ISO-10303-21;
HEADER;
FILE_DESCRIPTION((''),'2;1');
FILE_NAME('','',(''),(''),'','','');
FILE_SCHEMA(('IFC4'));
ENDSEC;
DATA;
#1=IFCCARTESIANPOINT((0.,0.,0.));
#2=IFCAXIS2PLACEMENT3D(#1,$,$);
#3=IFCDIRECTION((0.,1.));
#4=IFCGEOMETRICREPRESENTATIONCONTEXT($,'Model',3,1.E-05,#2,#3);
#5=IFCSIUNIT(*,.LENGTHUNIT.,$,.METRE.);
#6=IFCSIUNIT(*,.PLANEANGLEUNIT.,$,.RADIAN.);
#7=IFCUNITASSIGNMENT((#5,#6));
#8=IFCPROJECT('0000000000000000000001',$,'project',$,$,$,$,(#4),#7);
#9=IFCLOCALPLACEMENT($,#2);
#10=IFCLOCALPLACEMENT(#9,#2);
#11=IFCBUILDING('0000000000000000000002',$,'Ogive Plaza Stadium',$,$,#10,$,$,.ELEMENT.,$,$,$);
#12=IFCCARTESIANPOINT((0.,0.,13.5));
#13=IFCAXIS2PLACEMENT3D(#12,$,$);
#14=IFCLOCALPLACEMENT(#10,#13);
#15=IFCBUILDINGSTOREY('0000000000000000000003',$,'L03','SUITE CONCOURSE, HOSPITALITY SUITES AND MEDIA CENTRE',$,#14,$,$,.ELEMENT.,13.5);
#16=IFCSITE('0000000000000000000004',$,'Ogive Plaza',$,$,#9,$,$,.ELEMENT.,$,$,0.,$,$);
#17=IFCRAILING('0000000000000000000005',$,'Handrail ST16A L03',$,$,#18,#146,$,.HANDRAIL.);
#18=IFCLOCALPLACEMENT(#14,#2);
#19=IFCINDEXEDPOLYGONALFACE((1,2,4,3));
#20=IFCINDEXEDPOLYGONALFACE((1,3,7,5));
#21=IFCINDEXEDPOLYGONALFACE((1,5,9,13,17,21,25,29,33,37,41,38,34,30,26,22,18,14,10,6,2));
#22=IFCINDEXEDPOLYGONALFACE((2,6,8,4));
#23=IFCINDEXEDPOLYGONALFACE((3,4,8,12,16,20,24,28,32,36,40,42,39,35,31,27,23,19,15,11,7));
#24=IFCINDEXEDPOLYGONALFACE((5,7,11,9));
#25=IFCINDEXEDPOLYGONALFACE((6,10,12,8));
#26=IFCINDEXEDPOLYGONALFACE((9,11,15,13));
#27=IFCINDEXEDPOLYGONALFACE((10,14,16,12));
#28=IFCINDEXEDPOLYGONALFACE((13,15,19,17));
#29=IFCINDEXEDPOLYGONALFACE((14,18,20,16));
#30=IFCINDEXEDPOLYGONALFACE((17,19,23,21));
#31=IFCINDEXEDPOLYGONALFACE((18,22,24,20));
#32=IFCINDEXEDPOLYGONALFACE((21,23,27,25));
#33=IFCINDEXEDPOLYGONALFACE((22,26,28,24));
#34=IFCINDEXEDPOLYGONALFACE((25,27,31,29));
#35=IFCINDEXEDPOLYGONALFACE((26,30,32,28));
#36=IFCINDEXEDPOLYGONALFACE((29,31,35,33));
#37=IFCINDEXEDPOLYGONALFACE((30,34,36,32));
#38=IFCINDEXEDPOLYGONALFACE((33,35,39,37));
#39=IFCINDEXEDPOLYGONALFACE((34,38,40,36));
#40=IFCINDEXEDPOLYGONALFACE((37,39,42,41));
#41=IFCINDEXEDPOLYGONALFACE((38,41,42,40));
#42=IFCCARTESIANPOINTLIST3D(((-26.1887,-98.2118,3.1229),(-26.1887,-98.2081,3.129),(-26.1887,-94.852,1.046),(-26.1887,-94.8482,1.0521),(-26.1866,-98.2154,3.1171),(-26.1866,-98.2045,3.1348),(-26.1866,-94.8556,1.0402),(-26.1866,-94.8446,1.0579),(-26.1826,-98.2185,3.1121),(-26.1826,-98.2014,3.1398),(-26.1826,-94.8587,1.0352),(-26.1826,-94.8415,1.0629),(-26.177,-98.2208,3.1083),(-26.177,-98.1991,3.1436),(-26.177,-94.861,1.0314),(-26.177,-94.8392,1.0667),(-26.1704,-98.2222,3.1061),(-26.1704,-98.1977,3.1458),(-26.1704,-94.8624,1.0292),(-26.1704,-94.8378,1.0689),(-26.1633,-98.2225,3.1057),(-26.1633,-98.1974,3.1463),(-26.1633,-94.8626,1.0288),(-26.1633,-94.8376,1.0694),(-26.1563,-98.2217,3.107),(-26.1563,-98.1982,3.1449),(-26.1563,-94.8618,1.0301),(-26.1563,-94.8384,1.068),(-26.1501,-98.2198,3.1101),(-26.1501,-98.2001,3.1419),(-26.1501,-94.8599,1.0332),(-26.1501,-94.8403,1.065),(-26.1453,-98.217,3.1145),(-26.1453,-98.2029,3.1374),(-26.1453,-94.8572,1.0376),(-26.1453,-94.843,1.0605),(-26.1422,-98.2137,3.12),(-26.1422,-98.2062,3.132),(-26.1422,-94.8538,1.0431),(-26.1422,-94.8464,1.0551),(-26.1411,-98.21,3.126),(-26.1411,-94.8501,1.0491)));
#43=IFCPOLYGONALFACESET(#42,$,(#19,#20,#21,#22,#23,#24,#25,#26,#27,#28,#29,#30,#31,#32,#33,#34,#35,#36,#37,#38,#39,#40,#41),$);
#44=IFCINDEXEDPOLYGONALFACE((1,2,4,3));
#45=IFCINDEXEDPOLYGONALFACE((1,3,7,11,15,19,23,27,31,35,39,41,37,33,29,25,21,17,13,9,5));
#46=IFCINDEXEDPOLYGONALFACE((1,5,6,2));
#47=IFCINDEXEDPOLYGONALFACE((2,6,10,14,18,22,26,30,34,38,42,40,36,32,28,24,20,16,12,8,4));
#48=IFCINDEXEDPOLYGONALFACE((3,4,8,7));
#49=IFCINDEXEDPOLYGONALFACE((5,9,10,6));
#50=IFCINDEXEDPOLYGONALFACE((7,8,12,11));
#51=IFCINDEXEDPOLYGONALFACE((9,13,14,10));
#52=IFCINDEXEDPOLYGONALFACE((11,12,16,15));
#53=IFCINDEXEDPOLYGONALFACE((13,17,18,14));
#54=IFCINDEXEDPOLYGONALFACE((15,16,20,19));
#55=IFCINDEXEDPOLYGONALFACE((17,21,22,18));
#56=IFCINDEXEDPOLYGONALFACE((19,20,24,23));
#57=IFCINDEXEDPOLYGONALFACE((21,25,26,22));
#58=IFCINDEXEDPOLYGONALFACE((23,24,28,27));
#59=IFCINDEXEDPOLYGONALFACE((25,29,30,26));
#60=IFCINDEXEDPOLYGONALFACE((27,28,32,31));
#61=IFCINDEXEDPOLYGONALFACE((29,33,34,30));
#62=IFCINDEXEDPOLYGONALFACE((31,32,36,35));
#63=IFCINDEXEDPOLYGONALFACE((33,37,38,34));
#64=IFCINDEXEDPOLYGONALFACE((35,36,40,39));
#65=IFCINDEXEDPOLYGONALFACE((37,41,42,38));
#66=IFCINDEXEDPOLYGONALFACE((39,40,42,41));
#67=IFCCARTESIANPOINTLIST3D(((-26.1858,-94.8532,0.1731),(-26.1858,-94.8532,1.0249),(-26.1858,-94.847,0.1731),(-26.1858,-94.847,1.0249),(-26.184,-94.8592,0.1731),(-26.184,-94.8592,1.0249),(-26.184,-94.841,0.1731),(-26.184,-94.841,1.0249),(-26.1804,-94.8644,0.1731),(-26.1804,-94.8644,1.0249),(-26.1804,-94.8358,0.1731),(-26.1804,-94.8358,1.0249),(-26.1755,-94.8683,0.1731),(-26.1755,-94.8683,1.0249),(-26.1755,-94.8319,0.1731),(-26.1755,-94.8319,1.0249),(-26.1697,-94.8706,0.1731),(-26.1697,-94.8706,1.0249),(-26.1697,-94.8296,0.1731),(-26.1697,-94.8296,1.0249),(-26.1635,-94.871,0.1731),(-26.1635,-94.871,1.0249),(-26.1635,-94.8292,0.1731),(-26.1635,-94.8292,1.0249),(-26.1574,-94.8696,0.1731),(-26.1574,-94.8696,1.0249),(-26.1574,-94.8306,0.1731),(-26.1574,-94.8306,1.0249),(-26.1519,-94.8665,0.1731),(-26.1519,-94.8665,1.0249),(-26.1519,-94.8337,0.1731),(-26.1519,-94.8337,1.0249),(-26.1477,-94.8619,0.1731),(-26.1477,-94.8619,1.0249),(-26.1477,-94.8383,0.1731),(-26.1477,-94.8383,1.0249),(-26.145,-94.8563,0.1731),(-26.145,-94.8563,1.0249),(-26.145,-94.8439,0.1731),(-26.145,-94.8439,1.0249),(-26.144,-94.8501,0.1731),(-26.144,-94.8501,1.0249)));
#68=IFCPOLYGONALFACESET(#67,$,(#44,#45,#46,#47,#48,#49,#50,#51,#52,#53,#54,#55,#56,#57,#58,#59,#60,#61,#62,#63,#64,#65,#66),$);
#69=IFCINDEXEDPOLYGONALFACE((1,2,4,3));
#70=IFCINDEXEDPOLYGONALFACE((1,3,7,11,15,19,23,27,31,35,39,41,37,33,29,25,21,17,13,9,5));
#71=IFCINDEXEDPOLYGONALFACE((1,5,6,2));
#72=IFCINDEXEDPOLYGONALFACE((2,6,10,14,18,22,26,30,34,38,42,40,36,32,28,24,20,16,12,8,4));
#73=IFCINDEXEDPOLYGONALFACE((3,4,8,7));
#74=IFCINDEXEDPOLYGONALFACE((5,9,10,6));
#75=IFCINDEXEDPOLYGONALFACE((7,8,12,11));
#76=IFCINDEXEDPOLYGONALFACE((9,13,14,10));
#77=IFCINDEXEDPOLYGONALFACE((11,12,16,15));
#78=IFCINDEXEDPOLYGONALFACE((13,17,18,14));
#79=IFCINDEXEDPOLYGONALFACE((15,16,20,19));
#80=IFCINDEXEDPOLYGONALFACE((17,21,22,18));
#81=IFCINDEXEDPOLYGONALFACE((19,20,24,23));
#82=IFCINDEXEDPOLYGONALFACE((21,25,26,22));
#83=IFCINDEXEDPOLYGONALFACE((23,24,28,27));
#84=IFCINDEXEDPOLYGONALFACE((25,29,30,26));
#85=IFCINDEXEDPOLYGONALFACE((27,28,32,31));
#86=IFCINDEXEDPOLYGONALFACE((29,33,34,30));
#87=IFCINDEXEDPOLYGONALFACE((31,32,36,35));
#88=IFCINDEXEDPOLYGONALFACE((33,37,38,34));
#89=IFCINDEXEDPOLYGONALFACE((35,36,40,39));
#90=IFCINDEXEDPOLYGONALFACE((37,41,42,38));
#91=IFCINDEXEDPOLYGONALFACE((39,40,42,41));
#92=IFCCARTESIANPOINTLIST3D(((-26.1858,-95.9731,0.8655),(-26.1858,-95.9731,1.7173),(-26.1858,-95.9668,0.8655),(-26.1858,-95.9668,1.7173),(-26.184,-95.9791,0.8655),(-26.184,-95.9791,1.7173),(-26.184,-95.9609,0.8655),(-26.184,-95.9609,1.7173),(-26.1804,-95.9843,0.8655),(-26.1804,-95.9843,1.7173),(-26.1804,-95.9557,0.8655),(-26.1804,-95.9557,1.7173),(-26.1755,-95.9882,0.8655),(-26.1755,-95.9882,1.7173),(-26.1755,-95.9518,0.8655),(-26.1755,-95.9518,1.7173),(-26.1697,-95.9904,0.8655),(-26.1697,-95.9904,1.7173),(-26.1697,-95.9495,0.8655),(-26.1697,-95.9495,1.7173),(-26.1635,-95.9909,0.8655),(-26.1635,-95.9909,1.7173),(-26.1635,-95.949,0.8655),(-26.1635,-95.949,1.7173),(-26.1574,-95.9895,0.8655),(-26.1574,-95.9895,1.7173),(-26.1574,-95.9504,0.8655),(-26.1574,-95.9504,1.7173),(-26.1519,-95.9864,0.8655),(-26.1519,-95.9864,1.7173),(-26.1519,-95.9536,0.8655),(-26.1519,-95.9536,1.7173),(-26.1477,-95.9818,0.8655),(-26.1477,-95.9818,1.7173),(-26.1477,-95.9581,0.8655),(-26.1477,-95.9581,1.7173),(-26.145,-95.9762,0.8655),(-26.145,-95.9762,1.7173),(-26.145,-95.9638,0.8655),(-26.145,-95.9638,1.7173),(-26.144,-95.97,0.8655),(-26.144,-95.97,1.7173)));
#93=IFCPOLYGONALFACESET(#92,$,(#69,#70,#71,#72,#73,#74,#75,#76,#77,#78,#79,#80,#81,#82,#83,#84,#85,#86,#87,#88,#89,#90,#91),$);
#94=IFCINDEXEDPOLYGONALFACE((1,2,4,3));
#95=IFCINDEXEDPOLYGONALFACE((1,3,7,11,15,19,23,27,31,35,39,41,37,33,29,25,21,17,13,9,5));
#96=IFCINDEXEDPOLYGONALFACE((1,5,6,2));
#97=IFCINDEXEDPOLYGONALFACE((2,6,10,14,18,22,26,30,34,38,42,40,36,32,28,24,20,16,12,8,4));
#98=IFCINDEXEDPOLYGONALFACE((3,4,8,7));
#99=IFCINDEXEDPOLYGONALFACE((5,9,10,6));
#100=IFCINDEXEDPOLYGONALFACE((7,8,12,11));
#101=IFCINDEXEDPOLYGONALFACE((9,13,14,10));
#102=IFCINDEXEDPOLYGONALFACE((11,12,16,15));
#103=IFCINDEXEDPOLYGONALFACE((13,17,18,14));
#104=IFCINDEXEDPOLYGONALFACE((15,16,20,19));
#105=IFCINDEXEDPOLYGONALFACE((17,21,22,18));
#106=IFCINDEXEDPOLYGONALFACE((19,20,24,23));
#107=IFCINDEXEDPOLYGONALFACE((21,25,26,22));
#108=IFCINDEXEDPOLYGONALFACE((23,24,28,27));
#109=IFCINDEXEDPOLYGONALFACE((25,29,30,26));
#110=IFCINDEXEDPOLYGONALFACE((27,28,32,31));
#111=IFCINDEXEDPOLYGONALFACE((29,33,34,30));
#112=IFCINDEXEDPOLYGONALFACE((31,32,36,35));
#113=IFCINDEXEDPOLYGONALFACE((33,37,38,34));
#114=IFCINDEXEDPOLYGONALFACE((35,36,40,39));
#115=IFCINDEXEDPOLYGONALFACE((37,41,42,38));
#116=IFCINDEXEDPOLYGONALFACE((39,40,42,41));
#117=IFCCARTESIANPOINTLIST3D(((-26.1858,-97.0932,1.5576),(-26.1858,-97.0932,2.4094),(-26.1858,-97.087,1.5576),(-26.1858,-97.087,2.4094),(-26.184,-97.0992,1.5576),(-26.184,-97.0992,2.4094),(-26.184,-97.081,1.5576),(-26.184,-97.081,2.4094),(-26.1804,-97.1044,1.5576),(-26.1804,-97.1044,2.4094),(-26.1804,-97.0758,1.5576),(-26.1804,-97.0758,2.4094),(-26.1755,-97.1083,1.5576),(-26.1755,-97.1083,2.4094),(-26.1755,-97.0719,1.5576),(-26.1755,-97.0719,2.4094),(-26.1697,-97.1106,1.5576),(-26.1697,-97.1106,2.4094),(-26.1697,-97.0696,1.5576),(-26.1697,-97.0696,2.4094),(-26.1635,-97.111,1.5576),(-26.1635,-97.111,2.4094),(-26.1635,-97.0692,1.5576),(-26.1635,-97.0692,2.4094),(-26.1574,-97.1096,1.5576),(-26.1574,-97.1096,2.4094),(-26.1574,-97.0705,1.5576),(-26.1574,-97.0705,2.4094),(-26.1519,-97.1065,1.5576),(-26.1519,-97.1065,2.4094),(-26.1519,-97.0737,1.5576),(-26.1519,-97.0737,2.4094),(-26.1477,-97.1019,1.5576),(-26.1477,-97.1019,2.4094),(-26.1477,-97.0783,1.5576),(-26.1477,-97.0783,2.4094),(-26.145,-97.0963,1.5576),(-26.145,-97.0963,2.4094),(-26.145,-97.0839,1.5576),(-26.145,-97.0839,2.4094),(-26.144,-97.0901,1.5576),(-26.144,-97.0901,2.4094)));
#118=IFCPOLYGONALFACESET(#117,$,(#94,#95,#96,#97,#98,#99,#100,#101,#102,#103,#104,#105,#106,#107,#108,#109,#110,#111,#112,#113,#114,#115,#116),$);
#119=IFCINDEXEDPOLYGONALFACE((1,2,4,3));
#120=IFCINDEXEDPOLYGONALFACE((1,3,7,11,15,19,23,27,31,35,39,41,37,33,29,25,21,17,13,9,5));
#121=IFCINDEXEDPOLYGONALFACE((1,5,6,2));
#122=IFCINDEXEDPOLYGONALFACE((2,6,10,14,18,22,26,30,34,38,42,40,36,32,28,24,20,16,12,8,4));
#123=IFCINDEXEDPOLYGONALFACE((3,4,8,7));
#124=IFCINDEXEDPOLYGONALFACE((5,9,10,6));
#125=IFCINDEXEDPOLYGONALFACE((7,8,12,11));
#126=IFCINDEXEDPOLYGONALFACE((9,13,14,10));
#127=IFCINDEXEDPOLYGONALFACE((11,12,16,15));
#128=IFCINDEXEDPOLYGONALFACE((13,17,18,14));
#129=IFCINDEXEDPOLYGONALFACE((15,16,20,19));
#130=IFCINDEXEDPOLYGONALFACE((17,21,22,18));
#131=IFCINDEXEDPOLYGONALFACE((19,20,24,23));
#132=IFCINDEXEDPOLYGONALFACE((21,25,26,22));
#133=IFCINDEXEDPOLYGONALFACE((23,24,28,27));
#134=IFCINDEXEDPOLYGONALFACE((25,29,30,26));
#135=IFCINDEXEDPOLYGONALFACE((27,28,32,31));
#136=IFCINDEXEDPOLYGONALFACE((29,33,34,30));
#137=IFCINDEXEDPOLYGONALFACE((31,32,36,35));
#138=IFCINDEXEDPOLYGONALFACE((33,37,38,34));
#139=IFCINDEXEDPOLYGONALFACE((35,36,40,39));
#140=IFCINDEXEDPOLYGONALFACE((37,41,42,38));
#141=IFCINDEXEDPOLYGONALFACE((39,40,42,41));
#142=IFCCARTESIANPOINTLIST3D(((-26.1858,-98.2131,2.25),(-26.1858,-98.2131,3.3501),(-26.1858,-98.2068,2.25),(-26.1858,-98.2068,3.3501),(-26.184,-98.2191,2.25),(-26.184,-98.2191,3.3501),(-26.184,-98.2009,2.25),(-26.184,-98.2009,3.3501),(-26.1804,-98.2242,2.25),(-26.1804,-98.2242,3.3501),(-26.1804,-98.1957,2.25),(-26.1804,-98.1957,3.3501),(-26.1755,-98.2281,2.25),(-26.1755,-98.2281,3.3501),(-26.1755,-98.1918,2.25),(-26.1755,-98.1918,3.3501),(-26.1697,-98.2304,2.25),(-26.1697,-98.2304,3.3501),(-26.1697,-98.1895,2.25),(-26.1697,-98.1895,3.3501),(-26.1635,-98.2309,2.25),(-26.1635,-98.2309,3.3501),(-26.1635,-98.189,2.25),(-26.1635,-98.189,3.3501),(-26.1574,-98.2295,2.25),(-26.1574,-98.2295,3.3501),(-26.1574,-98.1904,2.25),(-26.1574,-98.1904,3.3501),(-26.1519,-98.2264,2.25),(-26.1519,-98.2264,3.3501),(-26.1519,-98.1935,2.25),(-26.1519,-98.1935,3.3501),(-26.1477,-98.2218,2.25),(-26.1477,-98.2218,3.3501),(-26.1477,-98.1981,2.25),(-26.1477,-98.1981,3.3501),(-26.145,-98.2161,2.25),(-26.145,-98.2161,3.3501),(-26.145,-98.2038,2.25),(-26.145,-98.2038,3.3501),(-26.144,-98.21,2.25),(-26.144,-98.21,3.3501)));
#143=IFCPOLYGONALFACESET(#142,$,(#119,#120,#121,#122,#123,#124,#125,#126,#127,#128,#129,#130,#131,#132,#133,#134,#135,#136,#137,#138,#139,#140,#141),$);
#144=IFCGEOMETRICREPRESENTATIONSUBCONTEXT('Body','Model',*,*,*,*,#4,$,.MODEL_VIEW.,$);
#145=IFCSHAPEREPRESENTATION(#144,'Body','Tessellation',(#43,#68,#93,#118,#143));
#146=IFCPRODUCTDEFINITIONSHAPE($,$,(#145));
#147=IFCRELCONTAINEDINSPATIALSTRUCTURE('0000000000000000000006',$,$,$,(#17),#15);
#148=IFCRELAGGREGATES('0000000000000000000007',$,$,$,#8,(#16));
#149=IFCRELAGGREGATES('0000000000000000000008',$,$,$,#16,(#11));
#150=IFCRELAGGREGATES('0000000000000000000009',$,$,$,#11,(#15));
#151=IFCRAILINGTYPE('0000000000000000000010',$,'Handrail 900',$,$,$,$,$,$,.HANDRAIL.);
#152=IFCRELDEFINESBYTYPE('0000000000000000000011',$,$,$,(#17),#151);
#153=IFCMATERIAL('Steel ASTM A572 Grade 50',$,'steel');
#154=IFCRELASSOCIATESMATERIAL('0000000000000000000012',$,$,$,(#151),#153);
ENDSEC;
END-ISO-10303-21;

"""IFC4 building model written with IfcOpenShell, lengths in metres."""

from ifc_helpers import new_model, si_unit, direction, frame, origin, origin_2d, place, context, subcontext, project, spatial, circle, extrude, material, type_object, element, save


model = new_model("IFC4")

# Units and contexts
model_context = context("Model", 3, precision=1e-05, world=origin(), true_north=direction((0.0, 1.0)))
body_context = subcontext(model_context, "Body", "Model", "MODEL_VIEW")
ifc_project = project(units=[si_unit("LENGTHUNIT", "METRE"), si_unit("PLANEANGLEUNIT", "RADIAN")], contexts=[model_context])

# Site, building, storey
site_placement = place(None, origin())
site = spatial("IfcSite", under=ifc_project, at=site_placement, Name="Ogive Plaza", CompositionType="ELEMENT", RefElevation=0.0)
building_placement = place(site_placement, origin())
building = spatial("IfcBuilding", under=site, at=building_placement, Name="Ogive Plaza Stadium", CompositionType="ELEMENT")
storey_placement = place(building_placement, frame((0.0, 0.0, 13.5)))
storey = spatial("IfcBuildingStorey", under=building, at=storey_placement, Name="L03", Description="SUITE CONCOURSE, HOSPITALITY SUITES AND MEDIA CENTRE", CompositionType="ELEMENT", Elevation=13.5)

# Railing
ifc_material_1 = material(Name="Steel ASTM A572 Grade 50", Category="steel")
railing_type_1 = type_object("IfcRailingType", Name="Handrail 900", PredefinedType="HANDRAIL", material=ifc_material_1)
for number, where, name in (
    (1, (-26.165, -94.8501, 0.1731), "Handrail ST16A L03"),
):
    element("IfcRailing", number, at=place(storey_placement, frame(where)), inside=storey, type_object=railing_type_1, Name=name, PredefinedType="HANDRAIL", context=body_context, shape_type="SweptSolid", body=[
        extrude(circle(Radius=0.0239, at=origin_2d()), frame((0.0, 0.0, 0.876), z_axis=(0.0, -0.850606, 0.525803), x_axis=(1.0, 0.0, 0.0)), (0.0, 0.0, 1.0), 3.95),
        extrude(circle(Radius=0.021, at=origin_2d()), origin(), (0.0, 0.0, 1.0), 0.8518),
        extrude(circle(Radius=0.021, at=origin_2d()), frame((0.0, -1.1199, 0.6924)), (0.0, 0.0, 1.0), 0.8518),
        extrude(circle(Radius=0.021, at=origin_2d()), frame((0.0, -2.24, 1.3845)), (0.0, 0.0, 1.0), 0.8518),
        extrude(circle(Radius=0.021, at=origin_2d()), frame((0.0, -3.3599, 2.0769)), (0.0, 0.0, 1.0), 1.1001),
    ])

save(model, "model.ifc")
